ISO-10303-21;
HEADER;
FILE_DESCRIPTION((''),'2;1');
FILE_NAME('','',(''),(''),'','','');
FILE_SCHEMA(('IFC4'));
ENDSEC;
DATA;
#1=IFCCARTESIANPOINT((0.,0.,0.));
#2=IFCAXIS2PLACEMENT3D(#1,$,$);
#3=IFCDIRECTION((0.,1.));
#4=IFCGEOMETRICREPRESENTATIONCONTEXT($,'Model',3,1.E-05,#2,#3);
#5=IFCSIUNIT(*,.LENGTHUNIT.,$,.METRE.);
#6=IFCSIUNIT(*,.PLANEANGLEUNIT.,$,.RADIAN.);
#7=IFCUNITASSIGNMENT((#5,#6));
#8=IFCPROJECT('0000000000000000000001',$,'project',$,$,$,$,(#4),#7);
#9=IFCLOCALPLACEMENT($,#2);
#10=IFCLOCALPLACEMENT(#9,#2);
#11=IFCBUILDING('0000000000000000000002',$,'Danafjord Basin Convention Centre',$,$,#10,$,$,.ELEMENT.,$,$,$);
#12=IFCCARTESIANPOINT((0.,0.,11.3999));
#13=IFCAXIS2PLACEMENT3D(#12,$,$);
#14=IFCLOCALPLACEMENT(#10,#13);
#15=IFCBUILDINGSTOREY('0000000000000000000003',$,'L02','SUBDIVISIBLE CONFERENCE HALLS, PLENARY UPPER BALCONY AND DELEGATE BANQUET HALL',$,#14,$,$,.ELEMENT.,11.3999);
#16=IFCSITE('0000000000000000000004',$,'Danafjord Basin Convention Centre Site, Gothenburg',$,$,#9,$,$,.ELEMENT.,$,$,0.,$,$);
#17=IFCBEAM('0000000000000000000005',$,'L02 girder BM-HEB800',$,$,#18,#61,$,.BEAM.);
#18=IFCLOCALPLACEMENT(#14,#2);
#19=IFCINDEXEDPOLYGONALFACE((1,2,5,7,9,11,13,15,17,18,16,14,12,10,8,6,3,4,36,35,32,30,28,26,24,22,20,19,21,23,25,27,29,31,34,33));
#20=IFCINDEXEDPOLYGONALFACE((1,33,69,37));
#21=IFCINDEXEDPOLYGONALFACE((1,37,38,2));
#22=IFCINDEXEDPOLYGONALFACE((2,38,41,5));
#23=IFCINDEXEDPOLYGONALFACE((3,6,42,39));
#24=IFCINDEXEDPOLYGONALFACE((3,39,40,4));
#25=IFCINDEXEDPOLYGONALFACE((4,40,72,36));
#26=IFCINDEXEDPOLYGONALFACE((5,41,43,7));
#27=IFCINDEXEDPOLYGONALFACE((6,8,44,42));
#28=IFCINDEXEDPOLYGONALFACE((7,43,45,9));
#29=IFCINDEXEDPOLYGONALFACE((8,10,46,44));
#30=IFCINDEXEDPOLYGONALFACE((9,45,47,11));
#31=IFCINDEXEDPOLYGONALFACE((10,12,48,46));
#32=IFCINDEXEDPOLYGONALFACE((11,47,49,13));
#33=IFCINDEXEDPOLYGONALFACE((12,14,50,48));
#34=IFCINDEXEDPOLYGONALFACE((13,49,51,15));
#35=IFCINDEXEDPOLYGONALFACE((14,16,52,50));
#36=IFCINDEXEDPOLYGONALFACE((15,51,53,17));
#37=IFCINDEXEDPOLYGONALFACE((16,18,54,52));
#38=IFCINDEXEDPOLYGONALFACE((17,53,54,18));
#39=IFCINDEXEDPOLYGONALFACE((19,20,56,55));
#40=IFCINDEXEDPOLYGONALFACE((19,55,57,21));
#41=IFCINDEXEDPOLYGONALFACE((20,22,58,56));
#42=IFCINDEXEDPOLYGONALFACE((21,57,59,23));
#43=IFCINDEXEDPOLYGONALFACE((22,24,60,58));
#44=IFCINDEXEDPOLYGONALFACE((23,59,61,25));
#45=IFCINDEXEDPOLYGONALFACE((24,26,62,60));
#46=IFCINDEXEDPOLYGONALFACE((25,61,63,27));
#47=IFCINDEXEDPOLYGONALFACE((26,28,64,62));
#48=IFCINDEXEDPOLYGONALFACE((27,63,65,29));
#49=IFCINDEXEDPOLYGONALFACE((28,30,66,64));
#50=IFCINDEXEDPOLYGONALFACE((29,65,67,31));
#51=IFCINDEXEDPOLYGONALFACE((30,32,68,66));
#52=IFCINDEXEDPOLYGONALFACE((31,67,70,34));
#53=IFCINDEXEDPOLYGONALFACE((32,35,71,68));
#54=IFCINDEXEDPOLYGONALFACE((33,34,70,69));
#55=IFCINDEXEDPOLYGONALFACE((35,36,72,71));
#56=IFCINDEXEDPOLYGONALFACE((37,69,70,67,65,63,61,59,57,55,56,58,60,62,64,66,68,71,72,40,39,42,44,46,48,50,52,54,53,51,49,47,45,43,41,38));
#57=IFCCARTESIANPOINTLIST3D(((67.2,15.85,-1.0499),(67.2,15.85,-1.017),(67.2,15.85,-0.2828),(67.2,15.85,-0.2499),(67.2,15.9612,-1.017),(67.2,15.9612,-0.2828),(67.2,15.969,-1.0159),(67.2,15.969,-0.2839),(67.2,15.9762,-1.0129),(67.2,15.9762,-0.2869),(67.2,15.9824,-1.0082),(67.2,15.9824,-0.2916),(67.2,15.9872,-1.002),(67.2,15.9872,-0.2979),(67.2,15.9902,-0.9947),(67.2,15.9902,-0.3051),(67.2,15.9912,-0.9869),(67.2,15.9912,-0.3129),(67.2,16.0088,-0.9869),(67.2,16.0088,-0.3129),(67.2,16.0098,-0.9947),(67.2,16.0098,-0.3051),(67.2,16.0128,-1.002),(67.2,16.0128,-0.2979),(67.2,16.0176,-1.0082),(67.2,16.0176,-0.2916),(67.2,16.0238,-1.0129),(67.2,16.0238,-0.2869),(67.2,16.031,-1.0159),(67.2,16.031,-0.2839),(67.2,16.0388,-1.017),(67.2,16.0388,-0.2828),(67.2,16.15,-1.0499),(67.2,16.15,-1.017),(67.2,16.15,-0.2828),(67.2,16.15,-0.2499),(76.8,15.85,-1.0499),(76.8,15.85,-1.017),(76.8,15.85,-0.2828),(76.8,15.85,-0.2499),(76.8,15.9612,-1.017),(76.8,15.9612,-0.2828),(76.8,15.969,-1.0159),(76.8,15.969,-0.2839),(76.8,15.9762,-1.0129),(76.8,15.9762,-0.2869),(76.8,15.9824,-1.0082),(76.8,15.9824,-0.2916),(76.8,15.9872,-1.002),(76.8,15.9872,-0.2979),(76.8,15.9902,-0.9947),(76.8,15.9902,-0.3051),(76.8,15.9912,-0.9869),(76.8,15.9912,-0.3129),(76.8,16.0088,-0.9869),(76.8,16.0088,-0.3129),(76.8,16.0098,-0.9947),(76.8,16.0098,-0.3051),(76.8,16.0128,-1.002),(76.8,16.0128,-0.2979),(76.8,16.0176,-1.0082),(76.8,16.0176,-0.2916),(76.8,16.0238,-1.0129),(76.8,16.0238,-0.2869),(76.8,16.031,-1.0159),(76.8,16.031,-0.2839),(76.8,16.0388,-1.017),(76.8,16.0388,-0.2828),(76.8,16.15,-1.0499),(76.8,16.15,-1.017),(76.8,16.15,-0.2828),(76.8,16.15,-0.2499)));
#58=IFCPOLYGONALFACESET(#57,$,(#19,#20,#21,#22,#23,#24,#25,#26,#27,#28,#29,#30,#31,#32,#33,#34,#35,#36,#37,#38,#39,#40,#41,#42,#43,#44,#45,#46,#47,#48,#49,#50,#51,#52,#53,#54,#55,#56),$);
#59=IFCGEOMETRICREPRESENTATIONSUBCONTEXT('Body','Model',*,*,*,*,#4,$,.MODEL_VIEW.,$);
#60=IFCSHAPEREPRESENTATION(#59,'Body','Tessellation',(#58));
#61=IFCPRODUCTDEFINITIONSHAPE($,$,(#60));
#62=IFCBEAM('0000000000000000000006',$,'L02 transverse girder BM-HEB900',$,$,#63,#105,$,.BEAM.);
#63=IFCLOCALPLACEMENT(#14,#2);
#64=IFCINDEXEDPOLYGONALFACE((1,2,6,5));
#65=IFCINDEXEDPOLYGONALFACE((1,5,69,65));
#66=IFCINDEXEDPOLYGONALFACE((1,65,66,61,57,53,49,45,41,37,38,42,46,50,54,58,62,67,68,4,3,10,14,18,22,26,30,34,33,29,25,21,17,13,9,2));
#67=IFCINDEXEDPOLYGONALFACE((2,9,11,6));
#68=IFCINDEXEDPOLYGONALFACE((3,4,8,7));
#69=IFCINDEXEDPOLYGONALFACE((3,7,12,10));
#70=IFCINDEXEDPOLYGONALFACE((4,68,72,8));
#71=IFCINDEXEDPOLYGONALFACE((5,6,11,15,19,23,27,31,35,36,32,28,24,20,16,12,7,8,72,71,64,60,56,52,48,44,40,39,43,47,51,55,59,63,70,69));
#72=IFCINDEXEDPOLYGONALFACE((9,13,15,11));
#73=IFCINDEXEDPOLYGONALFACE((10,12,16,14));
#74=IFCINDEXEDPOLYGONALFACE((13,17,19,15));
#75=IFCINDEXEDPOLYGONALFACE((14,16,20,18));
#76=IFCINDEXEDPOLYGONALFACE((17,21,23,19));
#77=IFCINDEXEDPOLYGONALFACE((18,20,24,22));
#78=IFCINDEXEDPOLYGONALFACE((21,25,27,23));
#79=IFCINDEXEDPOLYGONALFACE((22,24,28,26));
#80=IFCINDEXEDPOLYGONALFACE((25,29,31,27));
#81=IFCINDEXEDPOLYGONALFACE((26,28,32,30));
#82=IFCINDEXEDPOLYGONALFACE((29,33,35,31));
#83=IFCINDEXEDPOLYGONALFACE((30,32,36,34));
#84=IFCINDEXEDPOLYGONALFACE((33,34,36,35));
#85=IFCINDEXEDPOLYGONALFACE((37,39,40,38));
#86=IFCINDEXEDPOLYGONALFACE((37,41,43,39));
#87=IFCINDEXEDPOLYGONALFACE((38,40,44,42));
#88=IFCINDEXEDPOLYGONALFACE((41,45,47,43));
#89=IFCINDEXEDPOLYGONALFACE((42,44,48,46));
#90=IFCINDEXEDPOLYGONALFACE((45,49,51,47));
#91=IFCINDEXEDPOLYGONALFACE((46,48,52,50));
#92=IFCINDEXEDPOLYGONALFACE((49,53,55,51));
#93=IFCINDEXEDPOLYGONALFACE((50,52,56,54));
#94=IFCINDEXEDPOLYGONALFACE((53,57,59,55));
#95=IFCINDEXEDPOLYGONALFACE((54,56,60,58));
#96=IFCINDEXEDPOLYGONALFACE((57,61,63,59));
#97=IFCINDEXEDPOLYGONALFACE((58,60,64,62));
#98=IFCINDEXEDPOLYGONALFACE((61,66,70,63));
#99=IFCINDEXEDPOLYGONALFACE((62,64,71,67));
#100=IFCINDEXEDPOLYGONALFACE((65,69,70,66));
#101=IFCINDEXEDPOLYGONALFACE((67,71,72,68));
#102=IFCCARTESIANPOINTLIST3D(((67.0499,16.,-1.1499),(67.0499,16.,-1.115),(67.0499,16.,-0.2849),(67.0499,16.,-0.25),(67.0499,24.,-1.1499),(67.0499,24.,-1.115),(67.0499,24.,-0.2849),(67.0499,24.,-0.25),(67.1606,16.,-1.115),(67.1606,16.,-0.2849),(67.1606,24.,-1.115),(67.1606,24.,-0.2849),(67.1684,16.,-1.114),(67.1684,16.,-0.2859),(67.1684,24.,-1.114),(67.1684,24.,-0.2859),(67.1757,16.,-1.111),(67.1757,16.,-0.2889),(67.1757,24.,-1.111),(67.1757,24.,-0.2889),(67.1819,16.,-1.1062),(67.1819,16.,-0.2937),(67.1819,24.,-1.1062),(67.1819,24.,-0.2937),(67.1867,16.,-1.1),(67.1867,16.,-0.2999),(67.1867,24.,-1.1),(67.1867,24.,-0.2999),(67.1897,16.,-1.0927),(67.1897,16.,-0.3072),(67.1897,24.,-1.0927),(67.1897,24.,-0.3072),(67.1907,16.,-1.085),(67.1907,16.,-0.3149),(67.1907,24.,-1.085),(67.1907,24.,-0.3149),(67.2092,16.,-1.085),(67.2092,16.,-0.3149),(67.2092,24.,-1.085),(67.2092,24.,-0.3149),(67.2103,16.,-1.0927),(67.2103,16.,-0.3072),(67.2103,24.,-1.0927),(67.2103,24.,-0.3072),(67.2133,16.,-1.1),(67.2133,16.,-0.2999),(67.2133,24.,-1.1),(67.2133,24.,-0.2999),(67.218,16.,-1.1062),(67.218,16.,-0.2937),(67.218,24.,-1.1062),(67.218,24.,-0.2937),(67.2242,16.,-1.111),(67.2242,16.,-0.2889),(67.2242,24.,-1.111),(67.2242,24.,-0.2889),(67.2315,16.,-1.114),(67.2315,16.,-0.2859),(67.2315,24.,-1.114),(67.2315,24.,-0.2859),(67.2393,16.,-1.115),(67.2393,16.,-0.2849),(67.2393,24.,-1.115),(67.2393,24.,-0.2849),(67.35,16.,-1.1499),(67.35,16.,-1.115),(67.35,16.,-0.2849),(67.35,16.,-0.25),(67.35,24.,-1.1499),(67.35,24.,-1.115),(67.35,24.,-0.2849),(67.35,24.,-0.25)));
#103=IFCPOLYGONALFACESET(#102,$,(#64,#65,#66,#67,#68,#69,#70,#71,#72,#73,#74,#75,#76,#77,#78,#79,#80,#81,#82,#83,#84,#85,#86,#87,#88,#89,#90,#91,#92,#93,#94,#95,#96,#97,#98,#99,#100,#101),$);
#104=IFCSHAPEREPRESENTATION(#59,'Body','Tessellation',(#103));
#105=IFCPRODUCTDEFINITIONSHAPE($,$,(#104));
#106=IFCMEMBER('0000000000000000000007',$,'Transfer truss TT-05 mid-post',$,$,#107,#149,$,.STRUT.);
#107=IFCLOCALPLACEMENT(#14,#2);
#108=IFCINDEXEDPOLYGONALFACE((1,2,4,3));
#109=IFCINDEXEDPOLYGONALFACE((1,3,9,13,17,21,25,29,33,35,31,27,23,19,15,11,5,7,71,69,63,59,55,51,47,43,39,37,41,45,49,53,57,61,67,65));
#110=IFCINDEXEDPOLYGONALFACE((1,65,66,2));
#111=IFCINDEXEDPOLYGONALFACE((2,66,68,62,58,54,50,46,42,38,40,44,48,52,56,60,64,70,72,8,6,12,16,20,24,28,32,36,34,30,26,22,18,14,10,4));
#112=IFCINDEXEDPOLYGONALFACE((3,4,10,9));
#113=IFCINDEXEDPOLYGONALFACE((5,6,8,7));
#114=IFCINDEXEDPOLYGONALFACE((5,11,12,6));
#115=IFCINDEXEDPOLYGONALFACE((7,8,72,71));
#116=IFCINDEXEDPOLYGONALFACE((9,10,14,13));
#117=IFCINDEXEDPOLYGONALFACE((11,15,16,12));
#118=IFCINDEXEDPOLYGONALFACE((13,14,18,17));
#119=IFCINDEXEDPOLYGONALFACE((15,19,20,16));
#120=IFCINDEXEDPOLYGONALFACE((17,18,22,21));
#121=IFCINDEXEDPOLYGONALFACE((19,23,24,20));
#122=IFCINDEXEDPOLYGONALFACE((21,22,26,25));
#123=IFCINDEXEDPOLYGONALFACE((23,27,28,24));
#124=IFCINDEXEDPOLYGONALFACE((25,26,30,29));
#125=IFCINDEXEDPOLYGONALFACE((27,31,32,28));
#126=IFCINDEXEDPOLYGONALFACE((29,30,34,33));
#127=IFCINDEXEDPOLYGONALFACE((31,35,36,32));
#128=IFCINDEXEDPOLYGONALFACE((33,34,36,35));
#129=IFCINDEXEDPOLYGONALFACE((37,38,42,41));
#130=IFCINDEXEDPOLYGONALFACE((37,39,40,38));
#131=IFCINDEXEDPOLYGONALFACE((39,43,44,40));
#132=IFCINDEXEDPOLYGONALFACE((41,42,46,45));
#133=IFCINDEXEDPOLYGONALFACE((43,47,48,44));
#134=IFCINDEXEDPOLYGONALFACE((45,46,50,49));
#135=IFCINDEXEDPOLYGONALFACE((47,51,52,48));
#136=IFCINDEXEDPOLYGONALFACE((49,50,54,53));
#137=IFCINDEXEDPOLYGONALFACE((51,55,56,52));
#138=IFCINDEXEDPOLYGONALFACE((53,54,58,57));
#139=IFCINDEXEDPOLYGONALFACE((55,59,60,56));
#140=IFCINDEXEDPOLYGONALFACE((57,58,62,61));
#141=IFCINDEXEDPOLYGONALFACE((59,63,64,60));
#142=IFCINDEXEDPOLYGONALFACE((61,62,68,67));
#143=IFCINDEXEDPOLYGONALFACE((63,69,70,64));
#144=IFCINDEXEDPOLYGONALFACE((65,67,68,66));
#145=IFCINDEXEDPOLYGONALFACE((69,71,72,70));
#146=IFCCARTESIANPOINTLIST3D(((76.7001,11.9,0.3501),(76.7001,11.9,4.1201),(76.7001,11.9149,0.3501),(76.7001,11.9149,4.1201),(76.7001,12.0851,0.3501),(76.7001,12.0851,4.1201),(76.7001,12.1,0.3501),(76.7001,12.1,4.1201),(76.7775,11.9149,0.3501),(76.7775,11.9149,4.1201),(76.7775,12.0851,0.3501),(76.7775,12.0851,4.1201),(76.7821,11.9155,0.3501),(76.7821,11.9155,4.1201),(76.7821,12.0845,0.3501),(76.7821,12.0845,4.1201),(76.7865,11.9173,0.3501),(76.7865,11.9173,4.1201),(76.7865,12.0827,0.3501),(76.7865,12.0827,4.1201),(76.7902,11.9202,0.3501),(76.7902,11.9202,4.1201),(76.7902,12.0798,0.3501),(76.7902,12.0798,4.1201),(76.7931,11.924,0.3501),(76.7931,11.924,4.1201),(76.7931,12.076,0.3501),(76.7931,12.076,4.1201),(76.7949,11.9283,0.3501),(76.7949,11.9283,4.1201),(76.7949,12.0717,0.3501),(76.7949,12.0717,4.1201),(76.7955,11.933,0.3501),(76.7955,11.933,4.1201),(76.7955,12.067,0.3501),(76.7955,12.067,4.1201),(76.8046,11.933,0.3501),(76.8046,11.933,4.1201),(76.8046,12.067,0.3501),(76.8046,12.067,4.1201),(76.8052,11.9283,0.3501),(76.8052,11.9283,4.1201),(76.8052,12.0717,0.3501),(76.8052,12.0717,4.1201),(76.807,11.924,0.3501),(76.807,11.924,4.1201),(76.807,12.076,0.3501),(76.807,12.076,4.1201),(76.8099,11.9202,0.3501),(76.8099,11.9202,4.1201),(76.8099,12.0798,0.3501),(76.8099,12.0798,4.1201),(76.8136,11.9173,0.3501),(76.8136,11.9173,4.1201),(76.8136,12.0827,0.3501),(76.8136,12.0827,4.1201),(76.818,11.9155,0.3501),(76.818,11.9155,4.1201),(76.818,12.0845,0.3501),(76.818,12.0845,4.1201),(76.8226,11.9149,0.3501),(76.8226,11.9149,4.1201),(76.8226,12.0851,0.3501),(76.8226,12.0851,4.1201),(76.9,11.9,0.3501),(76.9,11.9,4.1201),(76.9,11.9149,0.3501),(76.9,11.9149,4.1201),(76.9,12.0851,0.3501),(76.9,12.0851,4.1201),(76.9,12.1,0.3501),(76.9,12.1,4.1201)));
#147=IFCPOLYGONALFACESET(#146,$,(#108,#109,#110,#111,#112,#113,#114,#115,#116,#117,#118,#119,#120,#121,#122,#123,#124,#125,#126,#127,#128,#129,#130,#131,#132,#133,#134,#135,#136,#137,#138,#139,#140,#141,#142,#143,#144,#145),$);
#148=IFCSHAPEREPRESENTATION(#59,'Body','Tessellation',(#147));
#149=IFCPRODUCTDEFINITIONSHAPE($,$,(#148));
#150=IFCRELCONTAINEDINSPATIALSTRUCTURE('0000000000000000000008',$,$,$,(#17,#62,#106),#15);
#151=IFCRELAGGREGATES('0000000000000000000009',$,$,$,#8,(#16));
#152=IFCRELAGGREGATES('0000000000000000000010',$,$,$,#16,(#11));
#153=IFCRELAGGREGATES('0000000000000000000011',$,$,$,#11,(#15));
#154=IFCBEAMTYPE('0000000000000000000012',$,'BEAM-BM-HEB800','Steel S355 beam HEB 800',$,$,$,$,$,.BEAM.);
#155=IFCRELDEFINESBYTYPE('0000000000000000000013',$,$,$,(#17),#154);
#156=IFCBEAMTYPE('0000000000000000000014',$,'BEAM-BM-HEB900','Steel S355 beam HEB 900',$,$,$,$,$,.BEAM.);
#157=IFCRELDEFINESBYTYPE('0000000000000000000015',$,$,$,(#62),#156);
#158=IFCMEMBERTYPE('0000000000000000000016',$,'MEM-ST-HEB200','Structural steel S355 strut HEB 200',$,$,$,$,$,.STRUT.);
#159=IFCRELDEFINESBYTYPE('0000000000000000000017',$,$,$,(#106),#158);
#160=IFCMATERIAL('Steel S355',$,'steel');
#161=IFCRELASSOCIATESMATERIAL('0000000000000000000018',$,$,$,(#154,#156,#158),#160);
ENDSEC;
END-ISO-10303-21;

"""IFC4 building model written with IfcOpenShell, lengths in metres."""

from ifc_helpers import new_model, si_unit, direction, frame, origin, origin_2d, place, context, subcontext, project, spatial, i_section, extrude, material, material_profile, profile_set, type_object, element, save


model = new_model("IFC4")

# Units and contexts
model_context = context("Model", 3, precision=1e-05, world=origin(), true_north=direction((0.0, 1.0)))
body_context = subcontext(model_context, "Body", "Model", "MODEL_VIEW")
ifc_project = project(units=[si_unit("LENGTHUNIT", "METRE"), si_unit("PLANEANGLEUNIT", "RADIAN")], contexts=[model_context])

# Site, building, storey
site_placement = place(None, origin())
site = spatial("IfcSite", under=ifc_project, at=site_placement, Name="Danafjord Basin Convention Centre Site, Gothenburg", CompositionType="ELEMENT", RefElevation=0.0)
building_placement = place(site_placement, origin())
building = spatial("IfcBuilding", under=site, at=building_placement, Name="Danafjord Basin Convention Centre", CompositionType="ELEMENT")
storey_placement = place(building_placement, frame((0.0, 0.0, 11.3999)))
storey = spatial("IfcBuildingStorey", under=building, at=storey_placement, Name="L02", Description="SUBDIVISIBLE CONFERENCE HALLS, PLENARY UPPER BALCONY AND DELEGATE BANQUET HALL", CompositionType="ELEMENT", Elevation=11.3999)

# Shared definitions
ifc_material_1 = material(Name="Steel S355", Category="steel")

# Beams
ifc_material_profile_1 = material_profile(ifc_material_1, i_section(OverallWidth=0.3, OverallDepth=0.8, WebThickness=0.0176, FlangeThickness=0.033, FilletRadius=0.03, at=origin_2d()), Name="HEB 800")
ifc_profile_set_1 = profile_set([ifc_material_profile_1], Name="Steel S355")
beam_type_1 = type_object("IfcBeamType", Name="BEAM-BM-HEB800", Description="Steel S355 beam HEB 800", PredefinedType="BEAM", material=ifc_profile_set_1)
beam_1_placement = place(storey_placement, frame((67.2, 16.0, -0.6499), z_axis=(1.0, 0.0, 0.0), x_axis=(0.0, 1.0, 0.0)))
element("IfcBeam", 1, at=beam_1_placement, inside=storey, type_object=beam_type_1, Name="L02 girder BM-HEB800", PredefinedType="BEAM", context=body_context, shape_type="SweptSolid", body=[
    extrude(i_section(OverallWidth=0.3, OverallDepth=0.8, WebThickness=0.0176, FlangeThickness=0.033, FilletRadius=0.03, at=origin_2d()), origin(), (0.0, 0.0, 1.0), 9.6001),
])
ifc_material_profile_2 = material_profile(ifc_material_1, i_section(OverallWidth=0.3, OverallDepth=0.8999, WebThickness=0.0186, FlangeThickness=0.0349, FilletRadius=0.03, at=origin_2d()), Name="HEB 900")
ifc_profile_set_2 = profile_set([ifc_material_profile_2], Name="Steel S355")
beam_type_2 = type_object("IfcBeamType", Name="BEAM-BM-HEB900", Description="Steel S355 beam HEB 900", PredefinedType="BEAM", material=ifc_profile_set_2)
beam_2_placement = place(storey_placement, frame((67.2, 16.0, -0.7), z_axis=(0.0, 1.0, 0.0), x_axis=(-1.0, 0.0, 0.0)))
element("IfcBeam", 2, at=beam_2_placement, inside=storey, type_object=beam_type_2, Name="L02 transverse girder BM-HEB900", PredefinedType="BEAM", context=body_context, shape_type="SweptSolid", body=[
    extrude(i_section(OverallWidth=0.3, OverallDepth=0.8999, WebThickness=0.0186, FlangeThickness=0.0349, FilletRadius=0.03, at=origin_2d()), origin(), (0.0, 0.0, 1.0), 8.0),
])

# Member
ifc_material_profile_3 = material_profile(ifc_material_1, i_section(OverallWidth=0.2, OverallDepth=0.2, WebThickness=0.009, FlangeThickness=0.0149, FilletRadius=0.0181, at=origin_2d()), Name="HEB 200")
ifc_profile_set_3 = profile_set([ifc_material_profile_3], Name="Steel S355")
member_type_1 = type_object("IfcMemberType", Name="MEM-ST-HEB200", Description="Structural steel S355 strut HEB 200", PredefinedType="STRUT", material=ifc_profile_set_3)
member_1_placement = place(storey_placement, frame((76.8, 12.0, 0.3501), z_axis=(0.0, 0.0, 1.0), x_axis=(1.0, 0.0, 0.0)))
element("IfcMember", 3, at=member_1_placement, inside=storey, type_object=member_type_1, Name="Transfer truss TT-05 mid-post", PredefinedType="STRUT", context=body_context, shape_type="SweptSolid", body=[
    extrude(i_section(OverallWidth=0.2, OverallDepth=0.2, WebThickness=0.009, FlangeThickness=0.0149, FilletRadius=0.0181, at=origin_2d()), origin(), (0.0, 0.0, 1.0), 3.77),
])

save(model, "model.ifc")
